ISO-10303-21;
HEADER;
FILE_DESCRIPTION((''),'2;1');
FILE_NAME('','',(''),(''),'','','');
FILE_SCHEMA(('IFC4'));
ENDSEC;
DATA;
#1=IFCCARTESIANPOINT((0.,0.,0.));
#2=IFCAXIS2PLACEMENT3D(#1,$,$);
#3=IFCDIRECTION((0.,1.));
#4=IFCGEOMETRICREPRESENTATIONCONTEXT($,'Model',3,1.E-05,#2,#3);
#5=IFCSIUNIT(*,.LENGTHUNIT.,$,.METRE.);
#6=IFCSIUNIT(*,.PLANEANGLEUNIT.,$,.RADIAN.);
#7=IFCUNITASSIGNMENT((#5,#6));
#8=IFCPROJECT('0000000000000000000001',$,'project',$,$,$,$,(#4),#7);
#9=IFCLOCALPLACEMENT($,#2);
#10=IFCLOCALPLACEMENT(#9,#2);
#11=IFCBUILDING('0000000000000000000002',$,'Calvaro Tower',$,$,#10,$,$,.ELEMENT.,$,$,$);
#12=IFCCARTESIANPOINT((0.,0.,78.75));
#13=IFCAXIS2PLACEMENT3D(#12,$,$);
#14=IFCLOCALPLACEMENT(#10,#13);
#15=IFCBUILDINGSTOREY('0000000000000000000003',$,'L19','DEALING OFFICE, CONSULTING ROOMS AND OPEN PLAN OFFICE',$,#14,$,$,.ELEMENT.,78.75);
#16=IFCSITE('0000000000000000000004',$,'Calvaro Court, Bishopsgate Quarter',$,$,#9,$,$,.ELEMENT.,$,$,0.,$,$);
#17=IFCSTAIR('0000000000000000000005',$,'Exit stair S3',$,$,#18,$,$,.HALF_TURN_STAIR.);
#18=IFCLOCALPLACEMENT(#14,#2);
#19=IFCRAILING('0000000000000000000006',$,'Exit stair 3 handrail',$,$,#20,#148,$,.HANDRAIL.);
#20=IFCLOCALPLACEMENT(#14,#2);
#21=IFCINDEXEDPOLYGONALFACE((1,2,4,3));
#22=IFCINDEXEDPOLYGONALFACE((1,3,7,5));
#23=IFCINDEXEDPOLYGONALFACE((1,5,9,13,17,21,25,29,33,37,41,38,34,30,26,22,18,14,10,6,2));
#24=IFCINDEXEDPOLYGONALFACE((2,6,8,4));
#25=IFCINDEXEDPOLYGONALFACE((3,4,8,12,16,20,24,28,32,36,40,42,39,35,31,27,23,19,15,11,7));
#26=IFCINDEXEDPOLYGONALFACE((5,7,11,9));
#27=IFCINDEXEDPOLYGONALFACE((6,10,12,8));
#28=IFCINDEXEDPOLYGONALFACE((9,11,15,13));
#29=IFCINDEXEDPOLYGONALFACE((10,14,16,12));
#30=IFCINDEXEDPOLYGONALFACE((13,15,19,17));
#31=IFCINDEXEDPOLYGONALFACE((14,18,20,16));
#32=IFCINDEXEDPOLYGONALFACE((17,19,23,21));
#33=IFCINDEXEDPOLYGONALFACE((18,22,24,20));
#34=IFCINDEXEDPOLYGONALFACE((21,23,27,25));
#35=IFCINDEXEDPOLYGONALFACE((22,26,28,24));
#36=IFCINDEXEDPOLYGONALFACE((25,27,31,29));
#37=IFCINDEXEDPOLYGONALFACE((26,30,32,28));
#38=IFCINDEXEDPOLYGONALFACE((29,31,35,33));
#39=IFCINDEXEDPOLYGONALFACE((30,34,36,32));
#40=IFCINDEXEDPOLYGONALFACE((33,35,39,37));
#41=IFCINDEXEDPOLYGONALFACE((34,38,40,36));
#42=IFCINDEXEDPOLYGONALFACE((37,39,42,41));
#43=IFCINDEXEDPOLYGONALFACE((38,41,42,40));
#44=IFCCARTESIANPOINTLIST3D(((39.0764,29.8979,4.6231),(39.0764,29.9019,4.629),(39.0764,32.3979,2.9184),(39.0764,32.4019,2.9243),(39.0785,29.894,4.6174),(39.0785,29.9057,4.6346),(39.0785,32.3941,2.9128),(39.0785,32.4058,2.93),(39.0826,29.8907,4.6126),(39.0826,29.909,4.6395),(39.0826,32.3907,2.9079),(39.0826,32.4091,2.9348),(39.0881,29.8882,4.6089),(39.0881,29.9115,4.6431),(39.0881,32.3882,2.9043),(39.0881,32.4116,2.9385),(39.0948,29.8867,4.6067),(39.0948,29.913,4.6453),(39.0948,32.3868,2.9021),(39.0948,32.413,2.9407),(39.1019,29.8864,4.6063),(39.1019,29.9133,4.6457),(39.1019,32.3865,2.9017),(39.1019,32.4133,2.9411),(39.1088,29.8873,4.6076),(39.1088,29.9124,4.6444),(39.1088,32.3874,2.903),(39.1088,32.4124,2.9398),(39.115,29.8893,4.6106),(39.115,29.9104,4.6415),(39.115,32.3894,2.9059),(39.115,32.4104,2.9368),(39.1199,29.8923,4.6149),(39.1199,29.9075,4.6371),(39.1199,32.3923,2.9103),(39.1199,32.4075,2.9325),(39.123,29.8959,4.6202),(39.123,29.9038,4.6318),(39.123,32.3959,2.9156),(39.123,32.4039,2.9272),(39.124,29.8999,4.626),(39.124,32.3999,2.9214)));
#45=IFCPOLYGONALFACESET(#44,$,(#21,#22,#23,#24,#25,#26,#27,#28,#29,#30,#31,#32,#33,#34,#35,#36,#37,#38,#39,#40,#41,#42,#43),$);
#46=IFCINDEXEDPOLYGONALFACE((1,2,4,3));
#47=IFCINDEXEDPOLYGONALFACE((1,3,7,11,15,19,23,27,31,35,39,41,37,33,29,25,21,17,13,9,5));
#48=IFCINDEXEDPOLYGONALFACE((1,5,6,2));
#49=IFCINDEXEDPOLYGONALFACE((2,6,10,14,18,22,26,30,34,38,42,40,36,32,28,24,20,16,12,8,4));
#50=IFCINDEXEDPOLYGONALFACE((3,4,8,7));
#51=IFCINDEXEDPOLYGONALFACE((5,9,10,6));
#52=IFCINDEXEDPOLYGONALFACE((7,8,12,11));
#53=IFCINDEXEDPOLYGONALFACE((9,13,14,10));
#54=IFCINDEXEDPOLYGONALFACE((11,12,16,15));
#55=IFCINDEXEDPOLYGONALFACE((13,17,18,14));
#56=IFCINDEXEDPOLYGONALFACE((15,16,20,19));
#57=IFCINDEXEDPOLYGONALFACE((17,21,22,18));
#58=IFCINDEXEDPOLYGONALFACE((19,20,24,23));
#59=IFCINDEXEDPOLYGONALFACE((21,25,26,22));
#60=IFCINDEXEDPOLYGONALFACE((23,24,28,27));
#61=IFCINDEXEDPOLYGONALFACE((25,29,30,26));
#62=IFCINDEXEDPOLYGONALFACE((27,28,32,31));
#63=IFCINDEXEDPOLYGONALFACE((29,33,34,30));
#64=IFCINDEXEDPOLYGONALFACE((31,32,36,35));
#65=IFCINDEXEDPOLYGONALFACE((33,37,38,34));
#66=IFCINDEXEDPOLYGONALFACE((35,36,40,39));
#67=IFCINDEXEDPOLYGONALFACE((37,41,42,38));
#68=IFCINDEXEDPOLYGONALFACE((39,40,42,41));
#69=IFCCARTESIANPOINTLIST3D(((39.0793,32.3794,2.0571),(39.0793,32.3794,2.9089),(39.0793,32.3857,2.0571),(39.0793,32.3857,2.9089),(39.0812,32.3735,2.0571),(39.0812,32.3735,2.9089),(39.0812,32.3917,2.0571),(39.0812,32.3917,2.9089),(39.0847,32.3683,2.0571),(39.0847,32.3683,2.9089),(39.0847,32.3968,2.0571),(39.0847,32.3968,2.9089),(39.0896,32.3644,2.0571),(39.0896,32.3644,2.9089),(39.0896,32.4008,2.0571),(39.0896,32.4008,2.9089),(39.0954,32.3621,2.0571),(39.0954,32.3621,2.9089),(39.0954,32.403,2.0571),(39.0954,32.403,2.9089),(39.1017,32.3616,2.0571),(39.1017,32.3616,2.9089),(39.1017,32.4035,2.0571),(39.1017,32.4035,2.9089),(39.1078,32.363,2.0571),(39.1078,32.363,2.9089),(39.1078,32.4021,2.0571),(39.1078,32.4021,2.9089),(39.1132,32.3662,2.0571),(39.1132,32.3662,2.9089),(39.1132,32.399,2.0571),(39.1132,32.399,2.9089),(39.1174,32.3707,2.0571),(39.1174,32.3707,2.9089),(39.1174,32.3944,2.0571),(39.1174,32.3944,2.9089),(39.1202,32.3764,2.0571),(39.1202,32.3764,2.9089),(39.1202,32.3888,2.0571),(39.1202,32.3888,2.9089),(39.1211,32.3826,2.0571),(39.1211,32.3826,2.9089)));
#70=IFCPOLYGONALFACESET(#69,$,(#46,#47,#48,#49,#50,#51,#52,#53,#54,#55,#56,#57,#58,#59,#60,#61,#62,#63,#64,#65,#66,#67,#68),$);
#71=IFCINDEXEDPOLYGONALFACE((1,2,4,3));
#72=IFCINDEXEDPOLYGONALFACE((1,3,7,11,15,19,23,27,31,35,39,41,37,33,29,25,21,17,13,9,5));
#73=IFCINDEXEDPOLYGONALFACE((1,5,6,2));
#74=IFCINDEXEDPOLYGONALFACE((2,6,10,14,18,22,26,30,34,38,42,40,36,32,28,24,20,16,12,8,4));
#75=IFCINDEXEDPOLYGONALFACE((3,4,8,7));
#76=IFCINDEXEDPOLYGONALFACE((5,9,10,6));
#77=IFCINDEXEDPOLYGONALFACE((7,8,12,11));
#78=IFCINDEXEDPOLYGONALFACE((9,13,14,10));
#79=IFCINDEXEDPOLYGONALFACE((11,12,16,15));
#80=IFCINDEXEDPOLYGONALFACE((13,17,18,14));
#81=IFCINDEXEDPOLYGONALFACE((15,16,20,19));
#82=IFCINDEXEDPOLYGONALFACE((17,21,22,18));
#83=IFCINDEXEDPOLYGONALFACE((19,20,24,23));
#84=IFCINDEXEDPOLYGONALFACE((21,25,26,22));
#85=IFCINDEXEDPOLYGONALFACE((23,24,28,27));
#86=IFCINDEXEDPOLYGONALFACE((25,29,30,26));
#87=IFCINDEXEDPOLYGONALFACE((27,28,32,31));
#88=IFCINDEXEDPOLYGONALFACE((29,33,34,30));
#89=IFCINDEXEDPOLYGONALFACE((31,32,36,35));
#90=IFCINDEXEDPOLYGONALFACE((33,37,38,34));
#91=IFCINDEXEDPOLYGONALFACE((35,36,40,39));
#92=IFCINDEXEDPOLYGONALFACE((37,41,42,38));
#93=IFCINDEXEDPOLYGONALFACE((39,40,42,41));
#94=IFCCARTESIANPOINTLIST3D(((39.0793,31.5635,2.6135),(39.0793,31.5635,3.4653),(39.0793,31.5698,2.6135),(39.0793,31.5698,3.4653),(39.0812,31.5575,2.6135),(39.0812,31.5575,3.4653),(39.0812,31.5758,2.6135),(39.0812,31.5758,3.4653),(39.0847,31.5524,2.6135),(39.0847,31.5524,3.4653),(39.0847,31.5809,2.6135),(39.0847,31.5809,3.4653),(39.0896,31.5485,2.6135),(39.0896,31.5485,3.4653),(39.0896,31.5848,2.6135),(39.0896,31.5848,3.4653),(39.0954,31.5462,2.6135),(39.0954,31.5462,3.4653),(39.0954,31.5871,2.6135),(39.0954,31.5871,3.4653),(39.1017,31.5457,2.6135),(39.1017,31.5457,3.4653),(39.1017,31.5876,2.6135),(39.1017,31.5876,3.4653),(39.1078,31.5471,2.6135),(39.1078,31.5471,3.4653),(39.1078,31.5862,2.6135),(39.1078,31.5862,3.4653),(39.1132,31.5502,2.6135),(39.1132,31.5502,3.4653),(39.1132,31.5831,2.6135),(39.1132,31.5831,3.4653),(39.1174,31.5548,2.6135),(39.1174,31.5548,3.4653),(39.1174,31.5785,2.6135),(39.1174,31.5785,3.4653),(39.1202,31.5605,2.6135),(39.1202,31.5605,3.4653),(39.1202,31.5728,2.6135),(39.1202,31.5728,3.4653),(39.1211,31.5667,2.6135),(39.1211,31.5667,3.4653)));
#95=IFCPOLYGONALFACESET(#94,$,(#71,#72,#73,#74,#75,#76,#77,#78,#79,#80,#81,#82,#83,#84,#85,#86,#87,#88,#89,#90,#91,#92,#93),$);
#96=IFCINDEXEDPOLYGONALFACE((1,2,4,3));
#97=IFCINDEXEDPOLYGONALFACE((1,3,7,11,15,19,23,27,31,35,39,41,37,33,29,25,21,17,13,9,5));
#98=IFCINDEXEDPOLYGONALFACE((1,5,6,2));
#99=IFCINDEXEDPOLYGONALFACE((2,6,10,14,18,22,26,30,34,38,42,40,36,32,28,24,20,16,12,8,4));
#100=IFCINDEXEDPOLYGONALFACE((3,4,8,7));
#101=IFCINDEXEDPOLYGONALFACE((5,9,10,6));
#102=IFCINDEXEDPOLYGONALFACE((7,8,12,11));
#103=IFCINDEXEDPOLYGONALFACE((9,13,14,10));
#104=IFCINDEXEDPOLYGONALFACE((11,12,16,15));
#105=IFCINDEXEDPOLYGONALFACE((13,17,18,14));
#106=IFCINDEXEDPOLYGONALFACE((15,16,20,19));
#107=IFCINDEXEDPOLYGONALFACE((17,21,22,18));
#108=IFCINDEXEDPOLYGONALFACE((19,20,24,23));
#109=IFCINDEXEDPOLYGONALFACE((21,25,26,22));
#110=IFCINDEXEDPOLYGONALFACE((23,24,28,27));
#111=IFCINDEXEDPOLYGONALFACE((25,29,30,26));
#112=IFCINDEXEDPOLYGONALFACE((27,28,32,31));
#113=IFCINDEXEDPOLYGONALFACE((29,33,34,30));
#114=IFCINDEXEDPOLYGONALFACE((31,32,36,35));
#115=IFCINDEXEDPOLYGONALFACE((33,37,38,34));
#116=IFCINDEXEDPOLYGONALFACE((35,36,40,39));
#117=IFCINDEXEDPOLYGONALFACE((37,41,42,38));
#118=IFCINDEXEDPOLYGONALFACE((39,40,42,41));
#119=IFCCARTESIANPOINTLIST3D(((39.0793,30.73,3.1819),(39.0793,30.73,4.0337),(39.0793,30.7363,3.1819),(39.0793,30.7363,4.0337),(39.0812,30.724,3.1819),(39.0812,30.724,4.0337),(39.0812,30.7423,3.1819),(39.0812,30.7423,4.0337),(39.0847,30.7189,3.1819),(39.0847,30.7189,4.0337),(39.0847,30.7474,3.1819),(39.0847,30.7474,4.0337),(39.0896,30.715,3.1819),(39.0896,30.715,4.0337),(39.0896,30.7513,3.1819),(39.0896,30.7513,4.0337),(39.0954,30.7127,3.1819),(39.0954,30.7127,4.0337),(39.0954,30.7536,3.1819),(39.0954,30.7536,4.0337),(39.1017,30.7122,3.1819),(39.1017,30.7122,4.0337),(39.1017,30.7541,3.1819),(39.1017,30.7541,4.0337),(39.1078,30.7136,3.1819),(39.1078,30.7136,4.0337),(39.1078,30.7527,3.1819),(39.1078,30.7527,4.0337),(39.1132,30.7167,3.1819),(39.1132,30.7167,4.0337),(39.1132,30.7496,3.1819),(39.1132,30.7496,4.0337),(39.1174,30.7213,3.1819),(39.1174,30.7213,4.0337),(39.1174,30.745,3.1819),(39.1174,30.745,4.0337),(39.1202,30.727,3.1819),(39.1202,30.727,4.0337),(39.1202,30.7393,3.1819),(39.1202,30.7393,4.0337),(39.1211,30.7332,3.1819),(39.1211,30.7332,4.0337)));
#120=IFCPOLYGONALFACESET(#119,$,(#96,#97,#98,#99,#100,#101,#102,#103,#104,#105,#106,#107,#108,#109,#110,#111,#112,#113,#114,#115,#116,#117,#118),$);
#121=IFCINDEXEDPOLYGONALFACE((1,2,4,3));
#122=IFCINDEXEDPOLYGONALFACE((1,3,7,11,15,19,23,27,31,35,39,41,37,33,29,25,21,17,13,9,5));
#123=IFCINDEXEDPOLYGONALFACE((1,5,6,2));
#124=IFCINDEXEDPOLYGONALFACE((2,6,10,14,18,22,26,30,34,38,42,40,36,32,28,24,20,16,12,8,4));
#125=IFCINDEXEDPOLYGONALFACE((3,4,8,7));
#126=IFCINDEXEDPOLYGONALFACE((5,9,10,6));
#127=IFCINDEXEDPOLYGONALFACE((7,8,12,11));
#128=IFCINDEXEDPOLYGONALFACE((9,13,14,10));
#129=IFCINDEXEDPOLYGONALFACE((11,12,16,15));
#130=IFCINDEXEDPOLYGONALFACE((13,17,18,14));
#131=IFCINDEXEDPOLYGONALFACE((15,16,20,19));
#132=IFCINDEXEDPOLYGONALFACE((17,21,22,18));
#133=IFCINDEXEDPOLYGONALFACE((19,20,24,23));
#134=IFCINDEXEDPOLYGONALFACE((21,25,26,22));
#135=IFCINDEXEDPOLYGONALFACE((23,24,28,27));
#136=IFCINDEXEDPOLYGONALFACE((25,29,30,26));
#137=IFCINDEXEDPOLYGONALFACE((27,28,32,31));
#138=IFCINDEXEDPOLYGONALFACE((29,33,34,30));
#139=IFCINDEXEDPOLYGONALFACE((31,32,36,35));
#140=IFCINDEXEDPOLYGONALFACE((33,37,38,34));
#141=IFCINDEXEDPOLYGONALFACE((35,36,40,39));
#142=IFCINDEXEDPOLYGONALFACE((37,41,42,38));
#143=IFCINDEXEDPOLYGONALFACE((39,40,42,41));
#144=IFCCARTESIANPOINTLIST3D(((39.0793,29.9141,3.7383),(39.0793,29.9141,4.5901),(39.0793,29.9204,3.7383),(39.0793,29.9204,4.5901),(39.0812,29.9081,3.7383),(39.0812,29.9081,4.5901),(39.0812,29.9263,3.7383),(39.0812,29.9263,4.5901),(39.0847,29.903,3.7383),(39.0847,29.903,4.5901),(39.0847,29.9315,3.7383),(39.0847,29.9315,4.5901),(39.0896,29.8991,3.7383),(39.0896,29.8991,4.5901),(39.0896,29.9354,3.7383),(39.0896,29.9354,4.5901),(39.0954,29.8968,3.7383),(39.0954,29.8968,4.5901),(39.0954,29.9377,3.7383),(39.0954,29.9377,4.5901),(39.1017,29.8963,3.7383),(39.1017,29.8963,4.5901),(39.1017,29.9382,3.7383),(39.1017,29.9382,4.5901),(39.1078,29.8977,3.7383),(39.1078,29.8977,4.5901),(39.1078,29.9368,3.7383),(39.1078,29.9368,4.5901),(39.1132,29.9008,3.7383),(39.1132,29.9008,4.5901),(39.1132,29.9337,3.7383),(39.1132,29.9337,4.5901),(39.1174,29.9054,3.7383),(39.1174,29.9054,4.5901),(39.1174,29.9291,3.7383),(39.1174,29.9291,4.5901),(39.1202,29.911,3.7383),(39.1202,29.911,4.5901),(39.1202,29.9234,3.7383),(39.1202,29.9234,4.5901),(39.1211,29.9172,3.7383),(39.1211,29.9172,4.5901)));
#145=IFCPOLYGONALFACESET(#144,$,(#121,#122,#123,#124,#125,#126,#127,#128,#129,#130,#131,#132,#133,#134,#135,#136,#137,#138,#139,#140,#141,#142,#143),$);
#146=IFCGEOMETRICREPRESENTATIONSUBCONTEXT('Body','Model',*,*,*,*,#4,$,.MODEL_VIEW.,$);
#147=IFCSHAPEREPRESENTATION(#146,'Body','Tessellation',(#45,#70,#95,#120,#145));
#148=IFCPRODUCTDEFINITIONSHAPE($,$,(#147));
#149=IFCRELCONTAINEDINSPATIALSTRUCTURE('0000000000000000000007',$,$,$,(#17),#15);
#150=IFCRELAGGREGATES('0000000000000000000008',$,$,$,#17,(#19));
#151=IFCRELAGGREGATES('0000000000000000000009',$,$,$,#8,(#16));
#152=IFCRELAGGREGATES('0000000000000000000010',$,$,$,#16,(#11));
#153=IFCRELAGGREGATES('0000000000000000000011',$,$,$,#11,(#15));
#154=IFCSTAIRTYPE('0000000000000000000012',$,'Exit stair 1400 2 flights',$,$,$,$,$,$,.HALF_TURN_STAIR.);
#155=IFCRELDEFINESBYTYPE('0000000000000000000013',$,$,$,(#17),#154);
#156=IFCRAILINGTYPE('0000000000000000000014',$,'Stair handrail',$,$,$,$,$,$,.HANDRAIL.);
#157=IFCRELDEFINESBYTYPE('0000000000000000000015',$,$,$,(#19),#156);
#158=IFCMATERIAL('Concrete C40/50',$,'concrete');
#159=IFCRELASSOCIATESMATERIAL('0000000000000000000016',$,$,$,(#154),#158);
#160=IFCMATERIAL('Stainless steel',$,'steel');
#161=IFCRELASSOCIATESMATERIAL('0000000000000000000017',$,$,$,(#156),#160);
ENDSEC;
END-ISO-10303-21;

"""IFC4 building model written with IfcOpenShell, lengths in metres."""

from ifc_helpers import new_model, si_unit, direction, frame, origin, origin_2d, place, context, subcontext, project, spatial, circle, extrude, material, type_object, element, aggregate, save


model = new_model("IFC4")

# Units and contexts
model_context = context("Model", 3, precision=1e-05, world=origin(), true_north=direction((0.0, 1.0)))
body_context = subcontext(model_context, "Body", "Model", "MODEL_VIEW")
ifc_project = project(units=[si_unit("LENGTHUNIT", "METRE"), si_unit("PLANEANGLEUNIT", "RADIAN")], contexts=[model_context])

# Site, building, storey
site_placement = place(None, origin())
site = spatial("IfcSite", under=ifc_project, at=site_placement, Name="Calvaro Court, Bishopsgate Quarter", CompositionType="ELEMENT", RefElevation=0.0)
building_placement = place(site_placement, origin())
building = spatial("IfcBuilding", under=site, at=building_placement, Name="Calvaro Tower", CompositionType="ELEMENT")
storey_placement = place(building_placement, frame((0.0, 0.0, 78.75)))
storey = spatial("IfcBuildingStorey", under=building, at=storey_placement, Name="L19", Description="DEALING OFFICE, CONSULTING ROOMS AND OPEN PLAN OFFICE", CompositionType="ELEMENT", Elevation=78.75)

# Stair
ifc_material_1 = material(Name="Concrete C40/50", Category="concrete")
stair_type = type_object("IfcStairType", Name="Exit stair 1400 2 flights", PredefinedType="HALF_TURN_STAIR", material=ifc_material_1)
stair_1_placement = place(storey_placement, origin())
stair_1 = element("IfcStair", 1, at=stair_1_placement, inside=storey, type_object=stair_type, Name="Exit stair S3", PredefinedType="HALF_TURN_STAIR")

# Railing
ifc_material_2 = material(Name="Stainless steel", Category="steel")
railing_type = type_object("IfcRailingType", Name="Stair handrail", PredefinedType="HANDRAIL", material=ifc_material_2)
railing_1_placement = place(storey_placement, frame((39.1001, 32.3999, 2.0454)))
railing_1 = element("IfcRailing", 2, at=railing_1_placement, type_object=railing_type, Name="Exit stair 3 handrail", PredefinedType="HANDRAIL", context=body_context, shape_type="SweptSolid", body=[
    extrude(circle(Radius=0.0239, at=origin_2d()), frame((0.0, 0.0, 0.876), z_axis=(0.0, -0.826221, 0.563347), x_axis=(1.0, 0.0, 0.0)), (0.0, 0.0, 1.0), 3.0259),
    extrude(circle(Radius=0.021, at=origin_2d()), frame((0.0, -0.0173, 0.0117)), (0.0, 0.0, 1.0), 0.8518),
    extrude(circle(Radius=0.021, at=origin_2d()), frame((0.0, -0.8333, 0.5681)), (0.0, 0.0, 1.0), 0.8518),
    extrude(circle(Radius=0.021, at=origin_2d()), frame((0.0, -1.6667, 1.1365)), (0.0, 0.0, 1.0), 0.8518),
    extrude(circle(Radius=0.021, at=origin_2d()), frame((0.0, -2.4827, 1.6929)), (0.0, 0.0, 1.0), 0.8518),
])
aggregate(stair_1, [railing_1])

save(model, "model.ifc")
